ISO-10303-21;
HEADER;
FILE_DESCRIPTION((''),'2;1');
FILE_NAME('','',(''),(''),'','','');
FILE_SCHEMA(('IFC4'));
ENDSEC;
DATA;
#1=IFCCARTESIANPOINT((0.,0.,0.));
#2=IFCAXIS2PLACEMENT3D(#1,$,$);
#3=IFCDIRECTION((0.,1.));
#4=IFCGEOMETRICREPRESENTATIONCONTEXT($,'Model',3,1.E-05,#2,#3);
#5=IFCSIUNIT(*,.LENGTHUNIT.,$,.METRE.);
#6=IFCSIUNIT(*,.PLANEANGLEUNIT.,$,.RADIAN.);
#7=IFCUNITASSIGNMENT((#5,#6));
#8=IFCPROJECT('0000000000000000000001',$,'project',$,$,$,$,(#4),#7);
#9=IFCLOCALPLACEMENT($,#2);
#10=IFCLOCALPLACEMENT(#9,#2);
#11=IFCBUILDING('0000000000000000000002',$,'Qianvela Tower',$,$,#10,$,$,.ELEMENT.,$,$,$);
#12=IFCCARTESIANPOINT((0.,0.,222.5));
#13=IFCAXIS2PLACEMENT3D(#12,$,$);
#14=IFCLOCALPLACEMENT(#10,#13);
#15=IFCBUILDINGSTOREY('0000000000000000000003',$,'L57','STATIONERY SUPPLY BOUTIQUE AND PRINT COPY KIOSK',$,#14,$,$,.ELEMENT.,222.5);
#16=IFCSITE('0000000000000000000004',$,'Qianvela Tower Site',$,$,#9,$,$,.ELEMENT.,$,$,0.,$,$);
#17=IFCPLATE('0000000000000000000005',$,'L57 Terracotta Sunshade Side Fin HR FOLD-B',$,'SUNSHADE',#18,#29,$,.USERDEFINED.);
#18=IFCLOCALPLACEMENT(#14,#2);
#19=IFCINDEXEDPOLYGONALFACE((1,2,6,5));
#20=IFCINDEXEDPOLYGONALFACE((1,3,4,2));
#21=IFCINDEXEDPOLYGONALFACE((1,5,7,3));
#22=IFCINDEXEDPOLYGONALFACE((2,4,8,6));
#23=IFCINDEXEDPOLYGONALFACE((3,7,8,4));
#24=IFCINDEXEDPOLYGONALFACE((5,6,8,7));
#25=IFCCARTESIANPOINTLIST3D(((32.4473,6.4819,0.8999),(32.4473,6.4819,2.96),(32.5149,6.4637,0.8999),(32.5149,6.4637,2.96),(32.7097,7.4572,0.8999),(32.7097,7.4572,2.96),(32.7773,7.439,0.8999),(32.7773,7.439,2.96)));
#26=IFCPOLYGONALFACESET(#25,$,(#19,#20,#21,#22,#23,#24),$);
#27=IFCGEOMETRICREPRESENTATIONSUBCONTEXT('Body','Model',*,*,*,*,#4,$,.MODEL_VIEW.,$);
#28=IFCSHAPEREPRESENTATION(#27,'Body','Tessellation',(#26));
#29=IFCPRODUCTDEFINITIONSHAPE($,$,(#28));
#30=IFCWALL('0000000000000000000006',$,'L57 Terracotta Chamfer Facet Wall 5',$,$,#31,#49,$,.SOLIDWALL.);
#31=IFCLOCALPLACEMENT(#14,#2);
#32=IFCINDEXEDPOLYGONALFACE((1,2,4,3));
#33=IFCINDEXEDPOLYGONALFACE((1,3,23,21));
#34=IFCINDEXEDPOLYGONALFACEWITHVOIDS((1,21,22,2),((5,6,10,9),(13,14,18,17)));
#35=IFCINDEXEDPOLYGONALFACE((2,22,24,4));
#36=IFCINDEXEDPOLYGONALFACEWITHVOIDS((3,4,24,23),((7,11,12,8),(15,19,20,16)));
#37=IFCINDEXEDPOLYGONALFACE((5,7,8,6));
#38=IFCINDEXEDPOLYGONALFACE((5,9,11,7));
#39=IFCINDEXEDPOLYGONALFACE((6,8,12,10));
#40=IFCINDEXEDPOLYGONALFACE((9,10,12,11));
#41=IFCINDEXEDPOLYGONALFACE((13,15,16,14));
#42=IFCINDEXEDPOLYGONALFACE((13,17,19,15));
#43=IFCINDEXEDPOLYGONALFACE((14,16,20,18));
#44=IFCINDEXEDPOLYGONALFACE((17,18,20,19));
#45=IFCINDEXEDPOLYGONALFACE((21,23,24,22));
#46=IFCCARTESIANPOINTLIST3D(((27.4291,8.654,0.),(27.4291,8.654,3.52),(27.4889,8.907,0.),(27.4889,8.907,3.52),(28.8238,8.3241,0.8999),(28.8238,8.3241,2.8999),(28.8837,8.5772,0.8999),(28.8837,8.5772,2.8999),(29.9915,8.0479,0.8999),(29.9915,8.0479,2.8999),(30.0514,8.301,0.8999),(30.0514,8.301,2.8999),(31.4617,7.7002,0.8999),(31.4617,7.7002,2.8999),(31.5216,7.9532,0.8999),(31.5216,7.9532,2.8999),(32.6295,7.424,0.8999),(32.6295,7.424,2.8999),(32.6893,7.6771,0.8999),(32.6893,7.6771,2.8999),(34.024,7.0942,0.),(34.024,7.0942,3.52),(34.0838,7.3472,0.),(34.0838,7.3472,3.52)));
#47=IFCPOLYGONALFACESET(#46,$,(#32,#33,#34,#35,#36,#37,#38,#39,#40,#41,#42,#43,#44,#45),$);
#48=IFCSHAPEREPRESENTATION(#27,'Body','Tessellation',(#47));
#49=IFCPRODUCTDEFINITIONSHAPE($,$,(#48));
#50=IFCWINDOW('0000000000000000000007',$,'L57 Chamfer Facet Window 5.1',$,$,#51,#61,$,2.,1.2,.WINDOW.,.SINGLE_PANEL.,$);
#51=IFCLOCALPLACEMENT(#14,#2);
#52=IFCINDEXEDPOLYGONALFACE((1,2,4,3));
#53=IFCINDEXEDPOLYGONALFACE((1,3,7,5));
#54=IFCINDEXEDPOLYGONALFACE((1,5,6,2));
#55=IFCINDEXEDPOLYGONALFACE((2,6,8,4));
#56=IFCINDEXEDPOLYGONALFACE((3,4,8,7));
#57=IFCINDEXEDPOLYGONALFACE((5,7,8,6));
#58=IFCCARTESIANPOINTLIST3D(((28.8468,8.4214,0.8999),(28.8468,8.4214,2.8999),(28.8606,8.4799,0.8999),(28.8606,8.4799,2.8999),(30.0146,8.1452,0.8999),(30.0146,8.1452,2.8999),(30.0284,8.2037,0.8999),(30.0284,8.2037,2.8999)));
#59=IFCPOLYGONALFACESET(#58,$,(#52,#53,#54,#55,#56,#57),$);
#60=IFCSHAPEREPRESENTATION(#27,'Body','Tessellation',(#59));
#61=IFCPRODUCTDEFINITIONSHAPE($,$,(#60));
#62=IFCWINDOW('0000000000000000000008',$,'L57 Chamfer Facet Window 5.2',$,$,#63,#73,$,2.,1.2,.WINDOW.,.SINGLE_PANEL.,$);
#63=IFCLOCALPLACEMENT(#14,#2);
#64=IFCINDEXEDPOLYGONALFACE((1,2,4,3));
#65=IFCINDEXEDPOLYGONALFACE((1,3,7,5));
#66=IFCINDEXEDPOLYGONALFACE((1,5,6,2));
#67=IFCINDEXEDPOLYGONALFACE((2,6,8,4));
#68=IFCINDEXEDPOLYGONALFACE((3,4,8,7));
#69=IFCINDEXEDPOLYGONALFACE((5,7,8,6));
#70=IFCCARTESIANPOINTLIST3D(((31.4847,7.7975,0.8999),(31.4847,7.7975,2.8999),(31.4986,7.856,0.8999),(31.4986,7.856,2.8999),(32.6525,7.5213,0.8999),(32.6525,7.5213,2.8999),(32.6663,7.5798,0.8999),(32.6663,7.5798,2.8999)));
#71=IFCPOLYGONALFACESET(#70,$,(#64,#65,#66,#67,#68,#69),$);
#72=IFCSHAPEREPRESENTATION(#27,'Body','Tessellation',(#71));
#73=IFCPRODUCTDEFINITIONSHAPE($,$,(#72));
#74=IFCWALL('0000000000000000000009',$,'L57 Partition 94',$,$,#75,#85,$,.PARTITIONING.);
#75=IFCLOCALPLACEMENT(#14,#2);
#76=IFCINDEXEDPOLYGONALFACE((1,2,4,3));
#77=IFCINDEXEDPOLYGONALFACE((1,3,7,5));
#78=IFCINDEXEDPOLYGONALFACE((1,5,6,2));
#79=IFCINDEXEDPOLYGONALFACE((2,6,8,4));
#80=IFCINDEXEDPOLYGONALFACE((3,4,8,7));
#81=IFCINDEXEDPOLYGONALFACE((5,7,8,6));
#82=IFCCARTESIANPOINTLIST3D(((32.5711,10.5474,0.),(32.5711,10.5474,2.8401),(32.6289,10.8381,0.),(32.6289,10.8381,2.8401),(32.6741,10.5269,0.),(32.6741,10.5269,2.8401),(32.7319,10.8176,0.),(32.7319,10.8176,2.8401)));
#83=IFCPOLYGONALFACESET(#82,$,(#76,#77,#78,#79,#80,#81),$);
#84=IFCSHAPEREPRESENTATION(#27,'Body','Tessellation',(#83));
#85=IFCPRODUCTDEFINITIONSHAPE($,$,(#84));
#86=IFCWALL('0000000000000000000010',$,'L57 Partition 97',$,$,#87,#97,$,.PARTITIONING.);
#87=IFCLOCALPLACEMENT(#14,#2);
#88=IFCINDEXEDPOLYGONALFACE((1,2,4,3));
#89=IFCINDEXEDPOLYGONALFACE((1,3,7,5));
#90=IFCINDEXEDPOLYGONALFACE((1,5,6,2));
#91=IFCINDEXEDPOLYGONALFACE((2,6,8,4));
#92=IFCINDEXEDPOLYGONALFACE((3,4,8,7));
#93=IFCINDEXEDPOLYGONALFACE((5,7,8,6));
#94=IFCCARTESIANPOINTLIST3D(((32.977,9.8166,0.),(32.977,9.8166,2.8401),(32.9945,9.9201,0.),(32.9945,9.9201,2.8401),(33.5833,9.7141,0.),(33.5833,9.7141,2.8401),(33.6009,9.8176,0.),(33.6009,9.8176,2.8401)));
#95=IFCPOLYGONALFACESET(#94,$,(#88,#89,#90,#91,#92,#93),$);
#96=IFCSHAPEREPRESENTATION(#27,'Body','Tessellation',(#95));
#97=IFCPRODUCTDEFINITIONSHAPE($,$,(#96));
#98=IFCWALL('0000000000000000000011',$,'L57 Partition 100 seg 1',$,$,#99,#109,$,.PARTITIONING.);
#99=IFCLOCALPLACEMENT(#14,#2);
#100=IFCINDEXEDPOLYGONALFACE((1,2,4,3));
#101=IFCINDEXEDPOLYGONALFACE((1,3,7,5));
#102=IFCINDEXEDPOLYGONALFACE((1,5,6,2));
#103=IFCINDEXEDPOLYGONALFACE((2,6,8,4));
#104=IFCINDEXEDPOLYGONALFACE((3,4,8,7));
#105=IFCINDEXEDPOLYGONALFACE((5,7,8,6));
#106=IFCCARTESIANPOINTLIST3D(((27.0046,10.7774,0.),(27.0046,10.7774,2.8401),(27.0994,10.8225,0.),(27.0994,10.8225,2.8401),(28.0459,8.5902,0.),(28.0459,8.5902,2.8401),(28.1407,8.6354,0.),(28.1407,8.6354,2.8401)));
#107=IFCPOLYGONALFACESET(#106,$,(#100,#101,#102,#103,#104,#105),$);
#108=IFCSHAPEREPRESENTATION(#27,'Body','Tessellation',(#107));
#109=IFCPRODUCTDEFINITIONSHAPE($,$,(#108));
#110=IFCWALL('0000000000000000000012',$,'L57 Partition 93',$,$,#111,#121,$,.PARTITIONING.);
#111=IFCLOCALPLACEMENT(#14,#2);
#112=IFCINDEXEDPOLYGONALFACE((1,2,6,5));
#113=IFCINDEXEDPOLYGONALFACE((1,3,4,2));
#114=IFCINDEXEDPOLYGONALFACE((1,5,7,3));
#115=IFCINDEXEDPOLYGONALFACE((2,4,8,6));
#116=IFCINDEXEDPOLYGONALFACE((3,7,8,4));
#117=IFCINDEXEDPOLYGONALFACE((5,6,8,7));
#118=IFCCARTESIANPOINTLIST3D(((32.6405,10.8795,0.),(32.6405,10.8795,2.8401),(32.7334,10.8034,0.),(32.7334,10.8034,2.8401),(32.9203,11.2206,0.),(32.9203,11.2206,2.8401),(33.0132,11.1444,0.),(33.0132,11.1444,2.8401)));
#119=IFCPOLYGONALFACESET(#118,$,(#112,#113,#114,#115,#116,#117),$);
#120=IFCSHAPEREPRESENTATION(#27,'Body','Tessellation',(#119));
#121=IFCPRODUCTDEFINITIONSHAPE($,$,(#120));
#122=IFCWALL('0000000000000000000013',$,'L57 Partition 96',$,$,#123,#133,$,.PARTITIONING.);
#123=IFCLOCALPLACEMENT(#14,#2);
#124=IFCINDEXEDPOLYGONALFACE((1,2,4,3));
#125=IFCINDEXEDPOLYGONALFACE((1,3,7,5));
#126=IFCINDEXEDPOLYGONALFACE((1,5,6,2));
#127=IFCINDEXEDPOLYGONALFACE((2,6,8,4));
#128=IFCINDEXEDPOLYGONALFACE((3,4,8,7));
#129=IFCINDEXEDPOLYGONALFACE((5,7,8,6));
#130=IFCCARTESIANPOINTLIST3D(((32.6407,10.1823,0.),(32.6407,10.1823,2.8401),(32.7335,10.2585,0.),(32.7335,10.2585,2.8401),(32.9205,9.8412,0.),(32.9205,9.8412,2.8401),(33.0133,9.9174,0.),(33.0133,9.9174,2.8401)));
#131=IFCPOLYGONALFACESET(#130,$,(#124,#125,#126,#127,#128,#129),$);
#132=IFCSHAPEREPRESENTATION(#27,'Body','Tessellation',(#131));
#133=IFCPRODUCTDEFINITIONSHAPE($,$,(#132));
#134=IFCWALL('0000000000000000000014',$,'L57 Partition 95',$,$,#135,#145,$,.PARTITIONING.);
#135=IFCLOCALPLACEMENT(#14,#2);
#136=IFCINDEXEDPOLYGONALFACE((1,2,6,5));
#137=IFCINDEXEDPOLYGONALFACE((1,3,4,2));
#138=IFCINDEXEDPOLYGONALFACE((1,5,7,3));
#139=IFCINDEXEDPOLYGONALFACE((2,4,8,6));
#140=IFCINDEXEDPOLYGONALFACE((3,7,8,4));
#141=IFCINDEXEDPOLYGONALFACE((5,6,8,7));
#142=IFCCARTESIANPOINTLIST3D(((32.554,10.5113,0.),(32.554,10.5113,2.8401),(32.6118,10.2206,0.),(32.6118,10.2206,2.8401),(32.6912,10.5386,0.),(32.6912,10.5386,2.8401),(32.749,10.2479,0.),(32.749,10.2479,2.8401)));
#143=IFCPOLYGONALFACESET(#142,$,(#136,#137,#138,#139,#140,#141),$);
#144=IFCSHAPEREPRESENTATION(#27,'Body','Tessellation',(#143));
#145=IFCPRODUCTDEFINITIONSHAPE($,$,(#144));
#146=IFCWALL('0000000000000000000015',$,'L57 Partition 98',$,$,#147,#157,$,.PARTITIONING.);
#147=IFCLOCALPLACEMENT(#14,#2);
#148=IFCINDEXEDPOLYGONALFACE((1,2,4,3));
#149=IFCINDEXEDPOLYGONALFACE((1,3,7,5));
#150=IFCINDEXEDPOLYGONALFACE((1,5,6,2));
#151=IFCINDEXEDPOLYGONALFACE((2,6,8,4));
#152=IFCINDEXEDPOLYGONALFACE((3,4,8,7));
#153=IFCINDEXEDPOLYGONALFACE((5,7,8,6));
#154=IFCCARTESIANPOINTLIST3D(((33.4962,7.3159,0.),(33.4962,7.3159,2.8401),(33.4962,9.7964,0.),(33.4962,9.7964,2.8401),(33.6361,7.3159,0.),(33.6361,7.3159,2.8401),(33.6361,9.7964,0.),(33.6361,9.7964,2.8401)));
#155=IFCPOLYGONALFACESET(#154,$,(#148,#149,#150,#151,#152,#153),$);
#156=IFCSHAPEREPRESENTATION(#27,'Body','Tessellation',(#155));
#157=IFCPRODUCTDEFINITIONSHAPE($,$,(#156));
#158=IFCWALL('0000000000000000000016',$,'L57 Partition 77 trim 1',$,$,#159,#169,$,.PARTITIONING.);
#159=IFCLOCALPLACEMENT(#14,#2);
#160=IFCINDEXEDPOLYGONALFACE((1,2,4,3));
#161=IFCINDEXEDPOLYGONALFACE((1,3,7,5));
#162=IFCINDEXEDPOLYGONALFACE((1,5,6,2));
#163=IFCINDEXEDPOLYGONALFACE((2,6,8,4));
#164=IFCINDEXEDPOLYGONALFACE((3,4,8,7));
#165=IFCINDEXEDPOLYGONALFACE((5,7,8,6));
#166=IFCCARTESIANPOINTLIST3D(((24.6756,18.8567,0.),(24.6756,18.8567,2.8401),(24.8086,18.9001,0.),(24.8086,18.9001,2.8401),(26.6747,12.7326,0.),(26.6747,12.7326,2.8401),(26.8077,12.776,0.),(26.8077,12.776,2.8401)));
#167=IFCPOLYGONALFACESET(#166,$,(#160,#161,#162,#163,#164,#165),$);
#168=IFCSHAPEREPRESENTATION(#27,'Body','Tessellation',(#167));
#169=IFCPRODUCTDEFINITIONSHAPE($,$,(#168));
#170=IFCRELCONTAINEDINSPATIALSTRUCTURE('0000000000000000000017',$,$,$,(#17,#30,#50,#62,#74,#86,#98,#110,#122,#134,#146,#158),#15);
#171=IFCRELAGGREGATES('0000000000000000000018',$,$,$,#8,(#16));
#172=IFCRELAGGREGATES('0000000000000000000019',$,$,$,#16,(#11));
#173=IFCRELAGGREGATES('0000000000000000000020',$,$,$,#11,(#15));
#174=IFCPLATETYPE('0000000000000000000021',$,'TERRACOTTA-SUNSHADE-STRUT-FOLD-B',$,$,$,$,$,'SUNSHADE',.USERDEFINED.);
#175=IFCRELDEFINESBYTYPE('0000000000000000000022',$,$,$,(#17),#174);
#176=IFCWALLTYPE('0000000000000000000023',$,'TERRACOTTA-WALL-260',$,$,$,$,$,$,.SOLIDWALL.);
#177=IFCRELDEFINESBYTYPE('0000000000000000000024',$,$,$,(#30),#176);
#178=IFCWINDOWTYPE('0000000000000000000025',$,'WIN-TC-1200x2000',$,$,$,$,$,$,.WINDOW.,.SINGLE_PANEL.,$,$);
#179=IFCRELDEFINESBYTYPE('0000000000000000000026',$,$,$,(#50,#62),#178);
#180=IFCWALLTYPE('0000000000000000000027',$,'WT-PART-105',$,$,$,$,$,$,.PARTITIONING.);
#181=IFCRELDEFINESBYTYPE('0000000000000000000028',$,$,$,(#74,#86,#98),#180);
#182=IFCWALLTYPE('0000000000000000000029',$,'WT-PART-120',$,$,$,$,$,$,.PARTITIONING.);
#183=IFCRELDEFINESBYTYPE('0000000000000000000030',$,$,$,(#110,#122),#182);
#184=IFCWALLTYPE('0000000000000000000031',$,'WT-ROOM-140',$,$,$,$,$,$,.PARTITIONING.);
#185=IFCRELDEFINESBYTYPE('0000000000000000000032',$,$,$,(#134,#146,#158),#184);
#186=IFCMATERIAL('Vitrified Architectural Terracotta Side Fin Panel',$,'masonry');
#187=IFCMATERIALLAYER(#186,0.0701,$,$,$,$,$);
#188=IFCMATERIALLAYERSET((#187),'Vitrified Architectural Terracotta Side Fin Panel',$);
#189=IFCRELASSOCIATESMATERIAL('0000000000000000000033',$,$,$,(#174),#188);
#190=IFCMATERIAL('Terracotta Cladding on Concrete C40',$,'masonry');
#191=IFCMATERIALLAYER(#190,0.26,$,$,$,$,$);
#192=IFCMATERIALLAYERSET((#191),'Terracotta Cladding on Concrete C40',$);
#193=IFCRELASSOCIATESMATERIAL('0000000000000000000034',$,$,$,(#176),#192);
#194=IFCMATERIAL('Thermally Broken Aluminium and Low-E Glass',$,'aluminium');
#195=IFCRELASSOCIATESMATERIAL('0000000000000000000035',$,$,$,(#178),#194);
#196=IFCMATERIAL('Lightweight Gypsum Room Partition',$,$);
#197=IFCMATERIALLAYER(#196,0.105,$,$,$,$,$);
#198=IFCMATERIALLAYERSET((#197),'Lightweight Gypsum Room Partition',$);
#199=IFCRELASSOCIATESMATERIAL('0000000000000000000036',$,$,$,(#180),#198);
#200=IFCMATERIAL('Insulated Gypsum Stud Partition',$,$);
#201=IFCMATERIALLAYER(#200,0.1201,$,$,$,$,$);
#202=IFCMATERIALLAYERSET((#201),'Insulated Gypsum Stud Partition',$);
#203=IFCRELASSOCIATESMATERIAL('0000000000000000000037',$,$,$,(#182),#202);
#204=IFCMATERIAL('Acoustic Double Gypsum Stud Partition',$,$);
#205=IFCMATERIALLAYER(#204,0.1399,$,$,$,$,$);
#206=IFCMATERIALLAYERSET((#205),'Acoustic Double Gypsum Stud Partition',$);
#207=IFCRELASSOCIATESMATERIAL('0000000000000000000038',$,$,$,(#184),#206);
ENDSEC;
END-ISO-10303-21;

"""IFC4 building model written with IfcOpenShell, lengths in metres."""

from ifc_helpers import new_model, si_unit, direction, frame, frame_2d, origin, origin_2d, place, context, subcontext, project, spatial, rectangle, extrude, material, layer, layer_set, type_object, element, fill, save


model = new_model("IFC4")

# Units and contexts
model_context = context("Model", 3, precision=1e-05, world=origin(), true_north=direction((0.0, 1.0)))
body_context = subcontext(model_context, "Body", "Model", "MODEL_VIEW")
ifc_project = project(units=[si_unit("LENGTHUNIT", "METRE"), si_unit("PLANEANGLEUNIT", "RADIAN")], contexts=[model_context])

# Site, building, storey
site_placement = place(None, origin())
site = spatial("IfcSite", under=ifc_project, at=site_placement, Name="Qianvela Tower Site", CompositionType="ELEMENT", RefElevation=0.0)
building_placement = place(site_placement, origin())
building = spatial("IfcBuilding", under=site, at=building_placement, Name="Qianvela Tower", CompositionType="ELEMENT")
storey_placement = place(building_placement, frame((0.0, 0.0, 222.5)))
storey = spatial("IfcBuildingStorey", under=building, at=storey_placement, Name="L57", Description="STATIONERY SUPPLY BOUTIQUE AND PRINT COPY KIOSK", CompositionType="ELEMENT", Elevation=222.5)

# Plate
ifc_material_1 = material(Name="Vitrified Architectural Terracotta Side Fin Panel", Category="masonry")
ifc_layer_1 = layer(ifc_material_1, 0.0701)
ifc_layer_set_1 = layer_set([ifc_layer_1], Name="Vitrified Architectural Terracotta Side Fin Panel")
plate_type_1 = type_object("IfcPlateType", Name="TERRACOTTA-SUNSHADE-STRUT-FOLD-B", ElementType="SUNSHADE", PredefinedType="USERDEFINED", material=ifc_layer_set_1)
for number, where, z_axis, x_axis, name in (
    (1, (32.6123, 6.9604, 0.8999), (0.0, 0.0, 1.0), (0.96567, -0.259773, 0.0), "L57 Terracotta Sunshade Side Fin HR FOLD-B"),
):
    element("IfcPlate", number, at=place(storey_placement, frame(where, z_axis=z_axis, x_axis=x_axis)), inside=storey, type_object=plate_type_1, Name=name, ObjectType="SUNSHADE", PredefinedType="USERDEFINED", context=body_context, shape_type="SweptSolid", body=[
        extrude(rectangle(XDim=0.0701, YDim=1.01, at=origin_2d()), origin(), (0.0, 0.0, 1.0), 2.0601),
    ])

# Wall, openings, windows
ifc_material_2 = material(Name="Terracotta Cladding on Concrete C40", Category="masonry")
ifc_layer_2 = layer(ifc_material_2, 0.26)
ifc_layer_set_2 = layer_set([ifc_layer_2], Name="Terracotta Cladding on Concrete C40")
wall_type_1 = type_object("IfcWallType", Name="TERRACOTTA-WALL-260", PredefinedType="SOLIDWALL", material=ifc_layer_set_2)
wall_1_placement = place(storey_placement, frame((27.459, 8.7805, 0.0), z_axis=(0.0, 0.0, 1.0), x_axis=(0.973151, -0.230166, 0.0)))
wall_1 = element("IfcWall", 2, at=wall_1_placement, inside=storey, type_object=wall_type_1, Name="L57 Terracotta Chamfer Facet Wall 5", PredefinedType="SOLIDWALL", context=body_context, shape_type="SweptSolid", body=[
    extrude(rectangle(XDim=6.7769, YDim=0.26, at=frame_2d((3.3884, 0.0))), origin(), (0.0, 0.0, 1.0), 3.52),
])
opening_1_placement = place(wall_1_placement, frame((1.4331, 0.0, 0.8999)))
opening_1 = element("IfcOpeningElement", 3, at=opening_1_placement, cuts=wall_1, PredefinedType="OPENING", context=body_context, shape_type="SweptSolid", body=[
    extrude(rectangle(XDim=1.2, YDim=2.0, at=frame_2d((0.6001, 1.0))), frame((0.0, 0.1399, 0.0), z_axis=(0.0, -1.0, 0.0), x_axis=(1.0, 0.0, 0.0)), (0.0, 0.0, 1.0), 0.28),
])
opening_2_placement = place(wall_1_placement, frame((4.1438, 0.0, 0.8999)))
opening_2 = element("IfcOpeningElement", 4, at=opening_2_placement, cuts=wall_1, PredefinedType="OPENING", context=body_context, shape_type="SweptSolid", body=[
    extrude(rectangle(XDim=1.2, YDim=2.0, at=frame_2d((0.6001, 1.0))), frame((0.0, 0.1399, 0.0), z_axis=(0.0, -1.0, 0.0), x_axis=(1.0, 0.0, 0.0)), (0.0, 0.0, 1.0), 0.28),
])
ifc_material_3 = material(Name="Thermally Broken Aluminium and Low-E Glass", Category="aluminium")
window_type = type_object("IfcWindowType", Name="WIN-TC-1200x2000", PartitioningType="SINGLE_PANEL", PredefinedType="WINDOW", material=ifc_material_3)
window_1_placement = place(opening_1_placement, origin())
window_1 = element("IfcWindow", 5, at=window_1_placement, inside=storey, type_object=window_type, Name="L57 Chamfer Facet Window 5.1", OverallHeight=2.0, OverallWidth=1.2, PartitioningType="SINGLE_PANEL", PredefinedType="WINDOW", context=body_context, shape_type="SweptSolid", body=[
    extrude(rectangle(XDim=1.2, YDim=2.0, at=frame_2d((0.6001, 1.0))), frame((0.0, 0.03, 0.0), z_axis=(0.0, -1.0, 0.0), x_axis=(1.0, 0.0, 0.0)), (0.0, 0.0, 1.0), 0.0601),
])
fill(opening_1, window_1)
window_2_placement = place(opening_2_placement, origin())
window_2 = element("IfcWindow", 6, at=window_2_placement, inside=storey, type_object=window_type, Name="L57 Chamfer Facet Window 5.2", OverallHeight=2.0, OverallWidth=1.2, PartitioningType="SINGLE_PANEL", PredefinedType="WINDOW", context=body_context, shape_type="SweptSolid", body=[
    extrude(rectangle(XDim=1.2, YDim=2.0, at=frame_2d((0.6001, 1.0))), frame((0.0, 0.03, 0.0), z_axis=(0.0, -1.0, 0.0), x_axis=(1.0, 0.0, 0.0)), (0.0, 0.0, 1.0), 0.0601),
])
fill(opening_2, window_2)

# Walls
ifc_material_4 = material(Name="Lightweight Gypsum Room Partition")
ifc_layer_3 = layer(ifc_material_4, 0.105)
ifc_layer_set_3 = layer_set([ifc_layer_3], Name="Lightweight Gypsum Room Partition")
wall_type_2 = type_object("IfcWallType", Name="WT-PART-105", PredefinedType="PARTITIONING", material=ifc_layer_set_3)
wall_2_placement = place(storey_placement, frame((32.6804, 10.8279, 0.0), z_axis=(0.0, 0.0, 1.0), x_axis=(-0.195166, -0.98077, 0.0)))
element("IfcWall", 7, at=wall_2_placement, inside=storey, type_object=wall_type_2, Name="L57 Partition 94", PredefinedType="PARTITIONING", context=body_context, shape_type="SweptSolid", body=[
    extrude(rectangle(XDim=0.2964, YDim=0.105, at=frame_2d((0.1482, 0.0))), origin(), (0.0, 0.0, 1.0), 2.8401),
])
wall_3_placement = place(storey_placement, frame((32.9856, 9.8684, 0.0), z_axis=(0.0, 0.0, 1.0), x_axis=(0.986005, -0.166716, 0.0)))
element("IfcWall", 8, at=wall_3_placement, inside=storey, type_object=wall_type_2, Name="L57 Partition 97", PredefinedType="PARTITIONING", context=body_context, shape_type="SweptSolid", body=[
    extrude(rectangle(XDim=0.615, YDim=0.105, at=frame_2d((0.3076, 0.0))), origin(), (0.0, 0.0, 1.0), 2.8401),
])
wall_4_placement = place(storey_placement, frame((28.0933, 8.6128, 0.0), z_axis=(0.0, 0.0, 1.0), x_axis=(-0.429836, 0.902907, 0.0)))
element("IfcWall", 9, at=wall_4_placement, inside=storey, type_object=wall_type_2, Name="L57 Partition 100 seg 1", PredefinedType="PARTITIONING", context=body_context, shape_type="SweptSolid", body=[
    extrude(rectangle(XDim=2.4224, YDim=0.105, at=frame_2d((1.2112, 0.0))), origin(), (0.0, 0.0, 1.0), 2.8401),
])
ifc_material_5 = material(Name="Insulated Gypsum Stud Partition")
ifc_layer_4 = layer(ifc_material_5, 0.1201)
ifc_layer_set_4 = layer_set([ifc_layer_4], Name="Insulated Gypsum Stud Partition")
wall_type_3 = type_object("IfcWallType", Name="WT-PART-120", PredefinedType="PARTITIONING", material=ifc_layer_set_4)
for number, where, z_axis, x_axis, name in (
    (10, (32.9668, 11.1826, 0.0), (0.0, 0.0, 1.0), (-0.634232, -0.773143, 0.0), "L57 Partition 93"),
    (11, (32.687, 10.2205, 0.0), (0.0, 0.0, 1.0), (0.634232, -0.773143, 0.0), "L57 Partition 96"),
):
    element("IfcWall", number, at=place(storey_placement, frame(where, z_axis=z_axis, x_axis=x_axis)), inside=storey, type_object=wall_type_3, Name=name, PredefinedType="PARTITIONING", context=body_context, shape_type="SweptSolid", body=[
        extrude(rectangle(XDim=0.4412, YDim=0.1201, at=frame_2d((0.2207, 0.0))), origin(), (0.0, 0.0, 1.0), 2.8401),
    ])
ifc_material_6 = material(Name="Acoustic Double Gypsum Stud Partition")
ifc_layer_5 = layer(ifc_material_6, 0.1399)
ifc_layer_set_5 = layer_set([ifc_layer_5], Name="Acoustic Double Gypsum Stud Partition")
wall_type_4 = type_object("IfcWallType", Name="WT-ROOM-140", PredefinedType="PARTITIONING", material=ifc_layer_set_5)
wall_5_placement = place(storey_placement, frame((32.6226, 10.5249, 0.0), z_axis=(0.0, 0.0, 1.0), x_axis=(0.195166, -0.98077, 0.0)))
element("IfcWall", 12, at=wall_5_placement, inside=storey, type_object=wall_type_4, Name="L57 Partition 95", PredefinedType="PARTITIONING", context=body_context, shape_type="SweptSolid", body=[
    extrude(rectangle(XDim=0.2964, YDim=0.1399, at=frame_2d((0.1482, 0.0))), origin(), (0.0, 0.0, 1.0), 2.8401),
])
wall_6_placement = place(storey_placement, frame((33.5662, 9.7964, 0.0), z_axis=(0.0, 0.0, 1.0), x_axis=(0.0, -1.0, 0.0)))
element("IfcWall", 13, at=wall_6_placement, inside=storey, type_object=wall_type_4, Name="L57 Partition 98", PredefinedType="PARTITIONING", context=body_context, shape_type="SweptSolid", body=[
    extrude(rectangle(XDim=2.4805, YDim=0.1399, at=frame_2d((1.2402, 0.0))), origin(), (0.0, 0.0, 1.0), 2.8401),
])
wall_7_placement = place(storey_placement, frame((26.7412, 12.7542, 0.0), z_axis=(0.0, 0.0, 1.0), x_axis=(-0.31031, 0.950636, 0.0)))
element("IfcWall", 14, at=wall_7_placement, inside=storey, type_object=wall_type_4, Name="L57 Partition 77 trim 1", PredefinedType="PARTITIONING", context=body_context, shape_type="SweptSolid", body=[
    extrude(rectangle(XDim=6.4421, YDim=0.1399, at=frame_2d((3.2212, 0.0))), origin(), (0.0, 0.0, 1.0), 2.8401),
])

save(model, "model.ifc")
